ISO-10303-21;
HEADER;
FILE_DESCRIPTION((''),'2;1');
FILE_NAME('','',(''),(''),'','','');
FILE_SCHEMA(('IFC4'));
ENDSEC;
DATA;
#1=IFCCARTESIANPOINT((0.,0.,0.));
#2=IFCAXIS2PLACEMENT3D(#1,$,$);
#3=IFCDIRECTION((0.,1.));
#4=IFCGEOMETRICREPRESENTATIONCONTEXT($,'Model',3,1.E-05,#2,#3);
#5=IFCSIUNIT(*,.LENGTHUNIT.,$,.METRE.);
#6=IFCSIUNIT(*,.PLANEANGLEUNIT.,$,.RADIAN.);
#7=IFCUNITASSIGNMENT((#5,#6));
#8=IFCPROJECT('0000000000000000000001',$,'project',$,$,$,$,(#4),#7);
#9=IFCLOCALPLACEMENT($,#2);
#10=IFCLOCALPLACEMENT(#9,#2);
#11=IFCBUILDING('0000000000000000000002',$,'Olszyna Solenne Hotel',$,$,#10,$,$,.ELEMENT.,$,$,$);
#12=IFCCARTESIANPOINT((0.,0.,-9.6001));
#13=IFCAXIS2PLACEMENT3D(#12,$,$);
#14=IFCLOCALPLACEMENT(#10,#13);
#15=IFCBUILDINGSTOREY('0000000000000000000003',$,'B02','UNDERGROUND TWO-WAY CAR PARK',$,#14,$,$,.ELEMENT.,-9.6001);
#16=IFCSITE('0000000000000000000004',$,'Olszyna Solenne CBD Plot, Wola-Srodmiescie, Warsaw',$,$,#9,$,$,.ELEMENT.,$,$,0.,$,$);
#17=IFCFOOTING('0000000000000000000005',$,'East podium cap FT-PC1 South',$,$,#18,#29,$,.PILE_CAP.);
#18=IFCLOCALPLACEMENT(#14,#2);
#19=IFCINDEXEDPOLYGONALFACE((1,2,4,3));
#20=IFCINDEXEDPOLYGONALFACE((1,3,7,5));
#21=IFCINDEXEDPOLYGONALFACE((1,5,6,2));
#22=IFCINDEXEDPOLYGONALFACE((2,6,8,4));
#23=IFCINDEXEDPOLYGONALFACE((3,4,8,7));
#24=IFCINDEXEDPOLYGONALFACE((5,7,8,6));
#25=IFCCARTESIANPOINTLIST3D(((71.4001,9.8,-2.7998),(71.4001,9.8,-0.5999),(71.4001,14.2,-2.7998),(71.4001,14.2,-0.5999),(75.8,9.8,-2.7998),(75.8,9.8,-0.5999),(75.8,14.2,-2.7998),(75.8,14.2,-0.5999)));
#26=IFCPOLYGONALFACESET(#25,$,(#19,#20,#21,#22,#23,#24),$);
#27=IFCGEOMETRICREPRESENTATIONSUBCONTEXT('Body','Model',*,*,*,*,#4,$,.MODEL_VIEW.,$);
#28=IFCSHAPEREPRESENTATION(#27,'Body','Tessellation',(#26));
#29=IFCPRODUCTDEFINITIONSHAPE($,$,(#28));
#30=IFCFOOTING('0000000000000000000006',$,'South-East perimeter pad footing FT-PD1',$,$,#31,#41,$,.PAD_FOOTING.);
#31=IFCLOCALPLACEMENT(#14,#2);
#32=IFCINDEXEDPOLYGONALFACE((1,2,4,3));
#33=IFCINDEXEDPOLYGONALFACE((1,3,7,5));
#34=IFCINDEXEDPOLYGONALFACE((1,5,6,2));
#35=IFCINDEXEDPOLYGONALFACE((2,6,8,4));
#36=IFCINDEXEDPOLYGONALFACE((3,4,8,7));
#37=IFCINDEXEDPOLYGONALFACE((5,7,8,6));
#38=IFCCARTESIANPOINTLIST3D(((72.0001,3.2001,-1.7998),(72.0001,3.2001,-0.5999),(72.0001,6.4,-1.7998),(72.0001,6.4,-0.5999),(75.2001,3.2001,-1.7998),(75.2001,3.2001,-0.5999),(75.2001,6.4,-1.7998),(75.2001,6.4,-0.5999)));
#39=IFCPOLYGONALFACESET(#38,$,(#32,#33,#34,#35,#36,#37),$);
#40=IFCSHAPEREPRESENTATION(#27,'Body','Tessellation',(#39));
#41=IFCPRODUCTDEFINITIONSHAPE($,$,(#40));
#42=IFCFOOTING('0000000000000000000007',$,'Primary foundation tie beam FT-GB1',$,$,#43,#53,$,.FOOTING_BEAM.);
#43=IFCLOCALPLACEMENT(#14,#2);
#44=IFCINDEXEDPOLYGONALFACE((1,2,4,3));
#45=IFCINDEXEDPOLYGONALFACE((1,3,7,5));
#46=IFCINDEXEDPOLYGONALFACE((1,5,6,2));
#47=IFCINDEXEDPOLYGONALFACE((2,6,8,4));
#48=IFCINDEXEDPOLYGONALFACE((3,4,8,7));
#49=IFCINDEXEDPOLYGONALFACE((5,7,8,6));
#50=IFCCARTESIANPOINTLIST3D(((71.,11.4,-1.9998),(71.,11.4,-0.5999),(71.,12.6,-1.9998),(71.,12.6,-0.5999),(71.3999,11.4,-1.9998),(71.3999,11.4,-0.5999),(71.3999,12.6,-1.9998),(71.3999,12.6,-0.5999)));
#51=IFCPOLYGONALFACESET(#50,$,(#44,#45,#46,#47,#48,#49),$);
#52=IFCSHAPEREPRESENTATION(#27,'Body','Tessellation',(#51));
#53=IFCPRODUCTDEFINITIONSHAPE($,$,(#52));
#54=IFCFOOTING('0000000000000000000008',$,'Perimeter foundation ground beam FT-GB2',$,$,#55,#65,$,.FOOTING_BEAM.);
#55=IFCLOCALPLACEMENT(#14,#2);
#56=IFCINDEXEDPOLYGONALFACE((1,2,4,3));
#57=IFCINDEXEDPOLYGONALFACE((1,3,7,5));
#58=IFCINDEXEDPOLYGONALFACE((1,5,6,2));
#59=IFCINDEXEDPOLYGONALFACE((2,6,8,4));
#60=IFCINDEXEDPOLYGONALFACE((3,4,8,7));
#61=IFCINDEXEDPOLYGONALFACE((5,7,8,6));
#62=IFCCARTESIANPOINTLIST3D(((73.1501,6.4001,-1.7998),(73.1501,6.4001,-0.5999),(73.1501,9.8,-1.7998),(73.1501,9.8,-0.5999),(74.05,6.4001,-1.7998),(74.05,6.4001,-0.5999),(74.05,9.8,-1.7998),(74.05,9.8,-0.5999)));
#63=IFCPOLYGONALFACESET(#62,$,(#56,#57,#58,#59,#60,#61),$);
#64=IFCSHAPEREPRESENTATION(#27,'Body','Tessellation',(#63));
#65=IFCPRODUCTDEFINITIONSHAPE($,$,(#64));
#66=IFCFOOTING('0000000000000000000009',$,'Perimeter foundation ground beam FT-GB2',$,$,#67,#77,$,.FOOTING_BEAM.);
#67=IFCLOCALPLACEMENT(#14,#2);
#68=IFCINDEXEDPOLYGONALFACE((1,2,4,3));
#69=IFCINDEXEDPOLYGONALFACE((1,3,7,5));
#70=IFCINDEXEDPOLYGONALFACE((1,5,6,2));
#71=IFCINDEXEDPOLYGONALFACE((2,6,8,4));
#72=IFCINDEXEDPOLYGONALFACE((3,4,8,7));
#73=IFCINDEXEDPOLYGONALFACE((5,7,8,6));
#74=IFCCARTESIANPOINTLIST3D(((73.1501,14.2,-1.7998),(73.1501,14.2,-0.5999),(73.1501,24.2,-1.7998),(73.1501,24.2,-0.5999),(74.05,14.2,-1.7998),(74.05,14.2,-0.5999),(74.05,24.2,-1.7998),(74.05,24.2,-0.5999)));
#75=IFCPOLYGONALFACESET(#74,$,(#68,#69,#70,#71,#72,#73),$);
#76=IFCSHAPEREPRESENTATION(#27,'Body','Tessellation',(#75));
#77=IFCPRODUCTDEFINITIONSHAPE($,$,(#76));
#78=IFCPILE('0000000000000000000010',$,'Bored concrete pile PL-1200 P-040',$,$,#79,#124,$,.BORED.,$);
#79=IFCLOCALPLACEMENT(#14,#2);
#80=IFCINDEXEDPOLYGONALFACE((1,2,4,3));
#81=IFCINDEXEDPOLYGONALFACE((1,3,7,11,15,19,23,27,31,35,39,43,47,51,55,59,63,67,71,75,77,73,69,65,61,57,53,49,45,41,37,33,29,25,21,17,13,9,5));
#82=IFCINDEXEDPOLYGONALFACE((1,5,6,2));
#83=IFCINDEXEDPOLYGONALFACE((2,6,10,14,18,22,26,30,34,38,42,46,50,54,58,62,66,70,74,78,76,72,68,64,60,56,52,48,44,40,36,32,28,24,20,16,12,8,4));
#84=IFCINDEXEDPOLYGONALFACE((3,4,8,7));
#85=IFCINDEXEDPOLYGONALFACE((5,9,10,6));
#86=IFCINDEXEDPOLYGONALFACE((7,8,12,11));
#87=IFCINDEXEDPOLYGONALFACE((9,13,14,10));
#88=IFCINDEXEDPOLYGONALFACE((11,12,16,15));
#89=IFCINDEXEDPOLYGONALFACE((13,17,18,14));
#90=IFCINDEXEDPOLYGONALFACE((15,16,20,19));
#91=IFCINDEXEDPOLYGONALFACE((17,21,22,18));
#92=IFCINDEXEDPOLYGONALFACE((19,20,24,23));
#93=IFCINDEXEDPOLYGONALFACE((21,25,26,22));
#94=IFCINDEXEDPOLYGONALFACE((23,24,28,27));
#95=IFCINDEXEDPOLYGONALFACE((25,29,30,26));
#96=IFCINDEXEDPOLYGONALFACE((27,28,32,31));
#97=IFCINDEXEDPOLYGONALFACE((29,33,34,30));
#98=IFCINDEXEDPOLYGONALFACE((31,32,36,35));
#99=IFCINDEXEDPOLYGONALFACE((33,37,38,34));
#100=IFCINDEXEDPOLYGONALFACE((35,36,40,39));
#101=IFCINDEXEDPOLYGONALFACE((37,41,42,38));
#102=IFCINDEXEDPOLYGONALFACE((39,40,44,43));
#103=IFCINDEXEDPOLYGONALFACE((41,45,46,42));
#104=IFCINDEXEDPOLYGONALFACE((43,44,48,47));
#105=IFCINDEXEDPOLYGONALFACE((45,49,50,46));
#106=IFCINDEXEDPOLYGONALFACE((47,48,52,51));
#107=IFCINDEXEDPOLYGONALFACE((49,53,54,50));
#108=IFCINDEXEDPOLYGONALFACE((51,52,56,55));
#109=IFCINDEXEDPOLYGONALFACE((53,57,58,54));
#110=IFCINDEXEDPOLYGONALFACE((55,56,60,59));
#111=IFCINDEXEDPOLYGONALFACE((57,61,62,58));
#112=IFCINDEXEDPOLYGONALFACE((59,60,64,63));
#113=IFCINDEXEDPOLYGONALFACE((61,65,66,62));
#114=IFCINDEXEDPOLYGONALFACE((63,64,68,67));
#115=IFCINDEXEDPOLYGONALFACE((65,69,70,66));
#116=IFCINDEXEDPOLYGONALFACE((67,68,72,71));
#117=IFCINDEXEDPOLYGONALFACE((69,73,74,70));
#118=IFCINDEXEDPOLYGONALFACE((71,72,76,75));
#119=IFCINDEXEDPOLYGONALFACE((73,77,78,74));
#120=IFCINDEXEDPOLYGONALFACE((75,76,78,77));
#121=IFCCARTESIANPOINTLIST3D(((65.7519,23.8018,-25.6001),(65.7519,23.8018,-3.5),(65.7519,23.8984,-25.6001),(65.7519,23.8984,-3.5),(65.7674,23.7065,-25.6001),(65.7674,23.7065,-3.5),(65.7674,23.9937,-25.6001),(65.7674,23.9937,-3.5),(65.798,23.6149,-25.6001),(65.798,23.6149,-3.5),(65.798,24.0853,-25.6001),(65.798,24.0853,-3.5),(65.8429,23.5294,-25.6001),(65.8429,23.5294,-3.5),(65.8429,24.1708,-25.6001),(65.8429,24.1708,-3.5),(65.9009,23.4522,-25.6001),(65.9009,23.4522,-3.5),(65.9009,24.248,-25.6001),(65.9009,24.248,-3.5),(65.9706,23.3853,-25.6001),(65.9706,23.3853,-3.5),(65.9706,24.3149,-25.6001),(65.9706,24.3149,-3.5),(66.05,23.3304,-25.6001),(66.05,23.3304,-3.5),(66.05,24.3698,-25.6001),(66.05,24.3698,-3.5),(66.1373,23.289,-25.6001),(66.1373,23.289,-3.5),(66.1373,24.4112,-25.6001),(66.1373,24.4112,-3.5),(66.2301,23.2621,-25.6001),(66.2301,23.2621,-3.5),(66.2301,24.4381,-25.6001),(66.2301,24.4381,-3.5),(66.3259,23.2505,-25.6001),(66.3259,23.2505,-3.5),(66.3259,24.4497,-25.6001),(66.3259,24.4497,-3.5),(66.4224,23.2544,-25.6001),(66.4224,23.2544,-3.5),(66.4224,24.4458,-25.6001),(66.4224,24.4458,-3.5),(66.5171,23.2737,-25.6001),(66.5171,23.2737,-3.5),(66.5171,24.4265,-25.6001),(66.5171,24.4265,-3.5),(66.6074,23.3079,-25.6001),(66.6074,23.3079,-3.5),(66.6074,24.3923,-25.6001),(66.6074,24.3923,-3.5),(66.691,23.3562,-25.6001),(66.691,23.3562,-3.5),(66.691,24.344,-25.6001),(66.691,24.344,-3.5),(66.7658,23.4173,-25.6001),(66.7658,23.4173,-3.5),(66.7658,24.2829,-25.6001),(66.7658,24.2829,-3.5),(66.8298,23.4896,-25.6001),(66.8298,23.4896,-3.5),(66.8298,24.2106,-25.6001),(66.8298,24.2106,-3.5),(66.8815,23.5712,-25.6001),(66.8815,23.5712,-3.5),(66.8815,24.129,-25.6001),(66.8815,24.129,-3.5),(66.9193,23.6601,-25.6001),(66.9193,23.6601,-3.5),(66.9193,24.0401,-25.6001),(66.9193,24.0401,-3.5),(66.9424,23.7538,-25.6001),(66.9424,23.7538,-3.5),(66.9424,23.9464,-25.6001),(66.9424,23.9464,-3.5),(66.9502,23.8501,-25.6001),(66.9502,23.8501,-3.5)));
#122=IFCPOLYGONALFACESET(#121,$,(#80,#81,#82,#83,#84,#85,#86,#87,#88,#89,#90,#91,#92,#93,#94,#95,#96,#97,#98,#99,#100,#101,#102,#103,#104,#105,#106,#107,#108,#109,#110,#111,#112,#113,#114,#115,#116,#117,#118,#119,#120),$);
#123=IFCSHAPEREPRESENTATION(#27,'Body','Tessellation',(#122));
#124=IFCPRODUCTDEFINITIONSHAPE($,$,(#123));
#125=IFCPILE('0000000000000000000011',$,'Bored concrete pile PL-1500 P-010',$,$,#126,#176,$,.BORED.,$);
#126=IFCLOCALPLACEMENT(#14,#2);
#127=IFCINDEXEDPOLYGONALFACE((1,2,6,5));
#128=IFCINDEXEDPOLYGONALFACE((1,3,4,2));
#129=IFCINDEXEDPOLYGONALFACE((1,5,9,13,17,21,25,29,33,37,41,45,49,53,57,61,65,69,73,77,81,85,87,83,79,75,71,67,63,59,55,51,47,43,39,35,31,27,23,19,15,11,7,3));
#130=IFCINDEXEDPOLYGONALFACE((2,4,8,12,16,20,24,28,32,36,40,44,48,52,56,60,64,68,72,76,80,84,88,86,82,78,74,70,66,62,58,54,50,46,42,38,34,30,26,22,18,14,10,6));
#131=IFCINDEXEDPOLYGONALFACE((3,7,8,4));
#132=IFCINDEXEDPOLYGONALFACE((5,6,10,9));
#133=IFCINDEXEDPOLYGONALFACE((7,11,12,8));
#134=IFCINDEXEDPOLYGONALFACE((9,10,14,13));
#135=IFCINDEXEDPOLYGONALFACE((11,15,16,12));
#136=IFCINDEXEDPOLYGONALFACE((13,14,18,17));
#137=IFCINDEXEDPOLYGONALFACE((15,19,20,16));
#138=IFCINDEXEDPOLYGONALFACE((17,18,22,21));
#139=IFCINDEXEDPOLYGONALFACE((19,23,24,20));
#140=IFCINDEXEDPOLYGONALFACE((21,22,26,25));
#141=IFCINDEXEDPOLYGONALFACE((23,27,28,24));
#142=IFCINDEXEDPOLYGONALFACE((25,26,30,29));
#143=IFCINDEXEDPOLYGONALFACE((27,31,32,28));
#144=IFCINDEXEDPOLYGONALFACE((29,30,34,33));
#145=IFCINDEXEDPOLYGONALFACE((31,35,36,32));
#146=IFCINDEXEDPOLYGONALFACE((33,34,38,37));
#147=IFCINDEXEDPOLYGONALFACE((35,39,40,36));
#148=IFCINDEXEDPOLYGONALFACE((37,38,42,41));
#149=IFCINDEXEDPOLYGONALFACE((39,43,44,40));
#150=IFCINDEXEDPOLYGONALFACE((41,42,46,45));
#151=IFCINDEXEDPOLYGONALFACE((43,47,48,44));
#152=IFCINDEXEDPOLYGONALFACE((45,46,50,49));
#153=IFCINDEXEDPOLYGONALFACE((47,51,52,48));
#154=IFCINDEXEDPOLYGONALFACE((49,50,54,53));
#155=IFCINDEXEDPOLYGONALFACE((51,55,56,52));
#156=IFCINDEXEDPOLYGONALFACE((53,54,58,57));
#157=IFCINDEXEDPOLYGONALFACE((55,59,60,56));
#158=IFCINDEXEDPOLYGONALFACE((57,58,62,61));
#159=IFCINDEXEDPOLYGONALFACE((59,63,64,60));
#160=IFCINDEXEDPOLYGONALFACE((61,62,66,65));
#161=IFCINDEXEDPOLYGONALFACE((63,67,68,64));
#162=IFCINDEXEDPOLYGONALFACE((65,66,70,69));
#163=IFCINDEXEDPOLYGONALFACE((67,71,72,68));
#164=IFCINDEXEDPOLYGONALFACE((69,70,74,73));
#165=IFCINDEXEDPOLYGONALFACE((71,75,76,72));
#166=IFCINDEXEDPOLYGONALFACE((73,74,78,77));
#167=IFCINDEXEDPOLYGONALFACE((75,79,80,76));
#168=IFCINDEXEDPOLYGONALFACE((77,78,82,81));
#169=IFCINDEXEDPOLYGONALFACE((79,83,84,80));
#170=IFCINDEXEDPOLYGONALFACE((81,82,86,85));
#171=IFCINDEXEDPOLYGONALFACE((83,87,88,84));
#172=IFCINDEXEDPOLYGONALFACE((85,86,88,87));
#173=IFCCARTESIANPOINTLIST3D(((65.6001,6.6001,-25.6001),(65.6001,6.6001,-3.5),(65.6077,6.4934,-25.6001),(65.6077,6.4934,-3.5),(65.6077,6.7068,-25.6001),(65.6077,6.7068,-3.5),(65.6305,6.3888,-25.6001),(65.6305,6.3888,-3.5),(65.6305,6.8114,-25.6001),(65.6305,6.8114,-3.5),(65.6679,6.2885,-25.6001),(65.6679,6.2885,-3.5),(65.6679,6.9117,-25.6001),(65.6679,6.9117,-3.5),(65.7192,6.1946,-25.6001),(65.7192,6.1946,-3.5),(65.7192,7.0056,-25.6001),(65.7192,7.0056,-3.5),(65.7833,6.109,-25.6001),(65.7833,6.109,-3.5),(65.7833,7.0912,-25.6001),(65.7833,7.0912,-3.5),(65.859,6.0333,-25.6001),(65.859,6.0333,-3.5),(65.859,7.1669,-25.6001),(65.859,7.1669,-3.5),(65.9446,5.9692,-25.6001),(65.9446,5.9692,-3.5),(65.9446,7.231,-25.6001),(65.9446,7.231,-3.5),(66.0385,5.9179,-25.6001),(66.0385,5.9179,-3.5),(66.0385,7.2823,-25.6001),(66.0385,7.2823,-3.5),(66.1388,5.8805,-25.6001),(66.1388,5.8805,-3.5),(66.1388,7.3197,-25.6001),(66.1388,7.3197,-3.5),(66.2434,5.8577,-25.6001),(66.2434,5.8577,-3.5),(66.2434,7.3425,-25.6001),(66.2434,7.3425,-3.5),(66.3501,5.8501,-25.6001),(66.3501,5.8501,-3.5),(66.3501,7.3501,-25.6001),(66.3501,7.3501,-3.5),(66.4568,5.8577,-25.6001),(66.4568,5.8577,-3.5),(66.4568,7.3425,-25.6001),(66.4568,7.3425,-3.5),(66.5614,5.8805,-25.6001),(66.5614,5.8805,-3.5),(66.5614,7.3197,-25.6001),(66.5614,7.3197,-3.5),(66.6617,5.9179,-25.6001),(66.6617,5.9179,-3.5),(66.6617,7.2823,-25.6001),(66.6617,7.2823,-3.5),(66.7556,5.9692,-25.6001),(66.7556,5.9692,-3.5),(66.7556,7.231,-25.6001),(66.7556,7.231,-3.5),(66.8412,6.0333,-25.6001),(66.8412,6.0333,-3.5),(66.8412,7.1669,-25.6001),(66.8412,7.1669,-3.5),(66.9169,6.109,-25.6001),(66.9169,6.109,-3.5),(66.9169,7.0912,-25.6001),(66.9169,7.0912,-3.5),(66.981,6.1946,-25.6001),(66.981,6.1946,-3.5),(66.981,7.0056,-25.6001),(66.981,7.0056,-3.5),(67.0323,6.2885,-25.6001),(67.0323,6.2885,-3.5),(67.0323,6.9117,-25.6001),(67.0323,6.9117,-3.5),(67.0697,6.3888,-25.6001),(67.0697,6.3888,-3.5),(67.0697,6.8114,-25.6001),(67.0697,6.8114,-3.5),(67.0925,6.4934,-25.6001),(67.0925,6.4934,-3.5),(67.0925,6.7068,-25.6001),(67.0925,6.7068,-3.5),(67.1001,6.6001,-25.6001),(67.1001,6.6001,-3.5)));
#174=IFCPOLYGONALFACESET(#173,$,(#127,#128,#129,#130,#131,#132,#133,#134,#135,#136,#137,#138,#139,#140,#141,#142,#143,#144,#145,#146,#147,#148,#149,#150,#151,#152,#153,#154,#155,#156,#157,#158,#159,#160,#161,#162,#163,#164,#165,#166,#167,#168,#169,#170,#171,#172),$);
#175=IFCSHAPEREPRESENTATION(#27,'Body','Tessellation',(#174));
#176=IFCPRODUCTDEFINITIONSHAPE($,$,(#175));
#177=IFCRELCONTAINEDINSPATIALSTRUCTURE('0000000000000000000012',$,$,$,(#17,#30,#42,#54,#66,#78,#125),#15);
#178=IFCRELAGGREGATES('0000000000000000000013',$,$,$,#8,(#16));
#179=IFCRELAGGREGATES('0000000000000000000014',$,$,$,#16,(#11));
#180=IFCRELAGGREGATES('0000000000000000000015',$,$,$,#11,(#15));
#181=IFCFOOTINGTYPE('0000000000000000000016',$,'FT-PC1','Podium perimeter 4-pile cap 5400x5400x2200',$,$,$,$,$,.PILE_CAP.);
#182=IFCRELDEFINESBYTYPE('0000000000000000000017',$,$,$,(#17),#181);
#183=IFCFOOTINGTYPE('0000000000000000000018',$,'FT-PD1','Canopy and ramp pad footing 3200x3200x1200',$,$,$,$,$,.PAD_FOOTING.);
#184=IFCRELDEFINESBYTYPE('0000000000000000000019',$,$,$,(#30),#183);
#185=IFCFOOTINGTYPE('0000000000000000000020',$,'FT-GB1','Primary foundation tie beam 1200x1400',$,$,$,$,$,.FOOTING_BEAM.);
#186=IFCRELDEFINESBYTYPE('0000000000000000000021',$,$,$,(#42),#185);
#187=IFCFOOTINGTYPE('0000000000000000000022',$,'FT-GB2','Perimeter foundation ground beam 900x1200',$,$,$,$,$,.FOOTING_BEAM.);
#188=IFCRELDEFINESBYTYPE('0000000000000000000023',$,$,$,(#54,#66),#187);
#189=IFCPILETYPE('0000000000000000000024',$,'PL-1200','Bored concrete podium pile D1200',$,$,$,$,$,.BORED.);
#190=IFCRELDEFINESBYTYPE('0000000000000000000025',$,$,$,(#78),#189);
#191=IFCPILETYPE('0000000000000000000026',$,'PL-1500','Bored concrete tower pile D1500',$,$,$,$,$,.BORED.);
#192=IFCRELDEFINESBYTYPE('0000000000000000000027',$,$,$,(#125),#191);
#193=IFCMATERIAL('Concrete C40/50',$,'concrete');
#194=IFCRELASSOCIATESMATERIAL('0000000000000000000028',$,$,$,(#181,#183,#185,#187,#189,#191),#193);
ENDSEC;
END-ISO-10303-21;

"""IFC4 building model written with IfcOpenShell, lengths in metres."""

from ifc_helpers import new_model, si_unit, direction, frame, origin, origin_2d, place, context, subcontext, project, spatial, rectangle, circle, extrude, source, transform, mapped, material, material_profile, profile_set, type_object, element, save


model = new_model("IFC4")

# Units and contexts
model_context = context("Model", 3, precision=1e-05, world=origin(), true_north=direction((0.0, 1.0)))
body_context = subcontext(model_context, "Body", "Model", "MODEL_VIEW")
ifc_project = project(units=[si_unit("LENGTHUNIT", "METRE"), si_unit("PLANEANGLEUNIT", "RADIAN")], contexts=[model_context])

# Site, building, storey
site_placement = place(None, origin())
site = spatial("IfcSite", under=ifc_project, at=site_placement, Name="Olszyna Solenne CBD Plot, Wola-Srodmiescie, Warsaw", CompositionType="ELEMENT", RefElevation=0.0)
building_placement = place(site_placement, origin())
building = spatial("IfcBuilding", under=site, at=building_placement, Name="Olszyna Solenne Hotel", CompositionType="ELEMENT")
storey_placement = place(building_placement, frame((0.0, 0.0, -9.6001)))
storey = spatial("IfcBuildingStorey", under=building, at=storey_placement, Name="B02", Description="UNDERGROUND TWO-WAY CAR PARK", CompositionType="ELEMENT", Elevation=-9.6001)

# Footings
ifc_material_1 = material(Name="Concrete C40/50", Category="concrete")
footing_type_1 = type_object("IfcFootingType", Name="FT-PC1", Description="Podium perimeter 4-pile cap 5400x5400x2200", PredefinedType="PILE_CAP", material=ifc_material_1)
shared_shape_1 = source(origin(), body_context, "Body", "SweptSolid", [
    extrude(rectangle(XDim=4.3999, YDim=4.3999, at=origin_2d()), origin(), (0.0, 0.0, 1.0), 2.2),
])
footing_1_placement = place(storey_placement, frame((73.6001, 12.0, -2.7998), z_axis=(0.0, 0.0, 1.0), x_axis=(1.0, 0.0, 0.0)))
element("IfcFooting", 1, at=footing_1_placement, inside=storey, type_object=footing_type_1, Name="East podium cap FT-PC1 South", PredefinedType="PILE_CAP", context=body_context, shape_type="MappedRepresentation", body=[
    mapped(shared_shape_1, transform((0.0, 0.0, 0.0), x_axis=(1.0, 0.0, 0.0), y_axis=(0.0, 1.0, 0.0), z_axis=(0.0, 0.0, 1.0), scale=1.0)),
])
footing_type_2 = type_object("IfcFootingType", Name="FT-PD1", Description="Canopy and ramp pad footing 3200x3200x1200", PredefinedType="PAD_FOOTING", material=ifc_material_1)
shared_shape_2 = source(origin(), body_context, "Body", "SweptSolid", [
    extrude(rectangle(XDim=3.2, YDim=3.2, at=origin_2d()), origin(), (0.0, 0.0, 1.0), 1.2),
])
footing_2_placement = place(storey_placement, frame((73.6001, 4.8, -1.7998), z_axis=(0.0, 0.0, 1.0), x_axis=(1.0, 0.0, 0.0)))
element("IfcFooting", 2, at=footing_2_placement, inside=storey, type_object=footing_type_2, Name="South-East perimeter pad footing FT-PD1", PredefinedType="PAD_FOOTING", context=body_context, shape_type="MappedRepresentation", body=[
    mapped(shared_shape_2, transform((0.0, 0.0, 0.0), x_axis=(1.0, 0.0, 0.0), y_axis=(0.0, 1.0, 0.0), z_axis=(0.0, 0.0, 1.0), scale=1.0)),
])
footing_type_3 = type_object("IfcFootingType", Name="FT-GB1", Description="Primary foundation tie beam 1200x1400", PredefinedType="FOOTING_BEAM", material=ifc_material_1)
shared_shape_3 = source(origin(), body_context, "Body", "SweptSolid", [
    extrude(rectangle(XDim=0.3999, YDim=1.2, at=origin_2d()), origin(), (0.0, 0.0, 1.0), 1.3999),
])
footing_3_placement = place(storey_placement, frame((71.2, 12.0, -1.9998), z_axis=(0.0, 0.0, 1.0), x_axis=(1.0, 0.0, 0.0)))
element("IfcFooting", 3, at=footing_3_placement, inside=storey, type_object=footing_type_3, Name="Primary foundation tie beam FT-GB1", PredefinedType="FOOTING_BEAM", context=body_context, shape_type="MappedRepresentation", body=[
    mapped(shared_shape_3, transform((0.0, 0.0, 0.0), x_axis=(1.0, 0.0, 0.0), y_axis=(0.0, 1.0, 0.0), z_axis=(0.0, 0.0, 1.0), scale=1.0)),
])
footing_type_4 = type_object("IfcFootingType", Name="FT-GB2", Description="Perimeter foundation ground beam 900x1200", PredefinedType="FOOTING_BEAM", material=ifc_material_1)
shared_shape_4 = source(origin(), body_context, "Body", "SweptSolid", [
    extrude(rectangle(XDim=0.8999, YDim=3.3999, at=origin_2d()), origin(), (0.0, 0.0, 1.0), 1.2),
])
footing_4_placement = place(storey_placement, frame((73.6001, 8.1001, -1.7998), z_axis=(0.0, 0.0, 1.0), x_axis=(1.0, 0.0, 0.0)))
element("IfcFooting", 4, at=footing_4_placement, inside=storey, type_object=footing_type_4, Name="Perimeter foundation ground beam FT-GB2", PredefinedType="FOOTING_BEAM", context=body_context, shape_type="MappedRepresentation", body=[
    mapped(shared_shape_4, transform((0.0, 0.0, 0.0), x_axis=(1.0, 0.0, 0.0), y_axis=(0.0, 1.0, 0.0), z_axis=(0.0, 0.0, 1.0), scale=1.0)),
])
shared_shape_5 = source(origin(), body_context, "Body", "SweptSolid", [
    extrude(rectangle(XDim=0.8999, YDim=10.0, at=origin_2d()), origin(), (0.0, 0.0, 1.0), 1.2),
])
footing_5_placement = place(storey_placement, frame((73.6001, 19.2, -1.7998), z_axis=(0.0, 0.0, 1.0), x_axis=(1.0, 0.0, 0.0)))
element("IfcFooting", 5, at=footing_5_placement, inside=storey, type_object=footing_type_4, Name="Perimeter foundation ground beam FT-GB2", PredefinedType="FOOTING_BEAM", context=body_context, shape_type="MappedRepresentation", body=[
    mapped(shared_shape_5, transform((0.0, 0.0, 0.0), x_axis=(1.0, 0.0, 0.0), y_axis=(0.0, 1.0, 0.0), z_axis=(0.0, 0.0, 1.0), scale=1.0)),
])

# Piles
ifc_material_profile_1 = material_profile(ifc_material_1, circle(Radius=0.6001, at=origin_2d()), Name="BORED PILE 1200", Category="load-bearing")
ifc_profile_set_1 = profile_set([ifc_material_profile_1], Name="Concrete C40/50")
pile_type_1 = type_object("IfcPileType", Name="PL-1200", Description="Bored concrete podium pile D1200", PredefinedType="BORED", material=ifc_profile_set_1)
shared_shape_6 = source(origin(), body_context, "Body", "SweptSolid", [
    extrude(circle(Radius=0.6001, at=origin_2d()), origin(), (0.0, 0.0, 1.0), 22.1001),
])
pile_1_placement = place(storey_placement, frame((66.3501, 23.8501, -3.5), z_axis=(0.0, 0.0, -1.0), x_axis=(1.0, 0.0, 0.0)))
element("IfcPile", 6, at=pile_1_placement, inside=storey, type_object=pile_type_1, Name="Bored concrete pile PL-1200 P-040", PredefinedType="BORED", context=body_context, shape_type="MappedRepresentation", body=[
    mapped(shared_shape_6, transform((0.0, 0.0, 0.0), x_axis=(1.0, 0.0, 0.0), y_axis=(0.0, 1.0, 0.0), z_axis=(0.0, 0.0, 1.0), scale=1.0)),
])
ifc_material_profile_2 = material_profile(ifc_material_1, circle(Radius=0.75, at=origin_2d()), Name="BORED PILE 1500", Category="load-bearing")
ifc_profile_set_2 = profile_set([ifc_material_profile_2], Name="Concrete C40/50")
pile_type_2 = type_object("IfcPileType", Name="PL-1500", Description="Bored concrete tower pile D1500", PredefinedType="BORED", material=ifc_profile_set_2)
shared_shape_7 = source(origin(), body_context, "Body", "SweptSolid", [
    extrude(circle(Radius=0.75, at=origin_2d()), origin(), (0.0, 0.0, 1.0), 22.1001),
])
for number, where, z_axis, x_axis, name in (
    (7, (66.3501, 6.6001, -3.5), (0.0, 0.0, -1.0), (1.0, 0.0, 0.0), "Bored concrete pile PL-1500 P-010"),
):
    element("IfcPile", number, at=place(storey_placement, frame(where, z_axis=z_axis, x_axis=x_axis)), inside=storey, type_object=pile_type_2, Name=name, PredefinedType="BORED", context=body_context, shape_type="MappedRepresentation", body=[
        mapped(shared_shape_7, transform((0.0, 0.0, 0.0), x_axis=(1.0, 0.0, 0.0), y_axis=(0.0, 1.0, 0.0), z_axis=(0.0, 0.0, 1.0), scale=1.0)),
    ])

save(model, "model.ifc")
